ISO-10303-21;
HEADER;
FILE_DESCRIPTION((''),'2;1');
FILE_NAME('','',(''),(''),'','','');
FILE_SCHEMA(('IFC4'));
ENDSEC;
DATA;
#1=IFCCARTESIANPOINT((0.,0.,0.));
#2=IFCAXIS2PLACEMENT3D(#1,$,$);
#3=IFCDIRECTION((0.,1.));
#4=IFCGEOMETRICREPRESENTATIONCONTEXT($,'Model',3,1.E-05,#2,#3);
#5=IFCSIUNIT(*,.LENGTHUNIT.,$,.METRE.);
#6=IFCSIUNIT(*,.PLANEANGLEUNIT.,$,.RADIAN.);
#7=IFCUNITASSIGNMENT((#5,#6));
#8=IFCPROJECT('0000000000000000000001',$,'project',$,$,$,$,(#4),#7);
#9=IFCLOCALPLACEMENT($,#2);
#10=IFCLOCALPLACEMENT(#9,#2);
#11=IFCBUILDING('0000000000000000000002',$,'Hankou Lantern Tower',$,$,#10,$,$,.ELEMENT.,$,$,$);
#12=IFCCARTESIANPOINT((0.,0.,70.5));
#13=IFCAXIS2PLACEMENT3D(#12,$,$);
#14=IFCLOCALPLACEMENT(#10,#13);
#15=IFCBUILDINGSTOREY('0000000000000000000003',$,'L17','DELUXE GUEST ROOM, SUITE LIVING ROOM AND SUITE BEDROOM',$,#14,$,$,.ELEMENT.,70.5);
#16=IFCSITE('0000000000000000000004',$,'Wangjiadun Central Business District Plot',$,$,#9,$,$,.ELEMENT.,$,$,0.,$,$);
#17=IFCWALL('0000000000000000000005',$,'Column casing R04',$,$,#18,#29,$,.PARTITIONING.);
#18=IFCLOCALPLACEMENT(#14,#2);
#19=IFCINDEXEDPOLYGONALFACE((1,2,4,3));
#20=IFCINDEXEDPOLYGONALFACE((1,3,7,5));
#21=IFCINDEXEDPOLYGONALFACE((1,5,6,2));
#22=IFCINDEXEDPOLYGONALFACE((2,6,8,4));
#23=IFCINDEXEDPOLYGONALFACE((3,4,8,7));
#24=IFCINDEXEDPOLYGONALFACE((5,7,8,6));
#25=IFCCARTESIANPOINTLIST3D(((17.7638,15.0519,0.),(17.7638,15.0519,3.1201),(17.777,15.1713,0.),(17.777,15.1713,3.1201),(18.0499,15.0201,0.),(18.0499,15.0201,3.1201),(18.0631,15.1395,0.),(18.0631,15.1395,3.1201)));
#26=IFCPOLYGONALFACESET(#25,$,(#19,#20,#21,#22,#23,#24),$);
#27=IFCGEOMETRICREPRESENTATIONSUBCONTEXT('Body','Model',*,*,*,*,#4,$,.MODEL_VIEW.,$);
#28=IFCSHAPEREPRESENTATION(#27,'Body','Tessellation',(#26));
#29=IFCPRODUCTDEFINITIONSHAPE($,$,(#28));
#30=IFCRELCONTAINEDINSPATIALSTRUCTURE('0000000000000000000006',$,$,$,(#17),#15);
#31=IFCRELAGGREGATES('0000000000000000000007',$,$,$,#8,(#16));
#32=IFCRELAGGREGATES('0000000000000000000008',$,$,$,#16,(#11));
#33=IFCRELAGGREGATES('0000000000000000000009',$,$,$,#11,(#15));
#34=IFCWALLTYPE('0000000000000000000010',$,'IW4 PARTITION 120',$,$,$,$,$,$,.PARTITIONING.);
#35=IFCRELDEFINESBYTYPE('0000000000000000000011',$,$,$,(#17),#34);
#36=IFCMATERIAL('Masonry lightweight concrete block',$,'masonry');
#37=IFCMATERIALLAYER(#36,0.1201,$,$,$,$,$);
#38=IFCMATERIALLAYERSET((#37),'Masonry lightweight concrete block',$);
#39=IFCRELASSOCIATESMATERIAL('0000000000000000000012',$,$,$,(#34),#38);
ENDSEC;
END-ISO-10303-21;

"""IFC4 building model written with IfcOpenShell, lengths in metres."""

from ifc_helpers import new_model, si_unit, direction, frame, frame_2d, origin, place, context, subcontext, project, spatial, rectangle, extrude, material, layer, layer_set, type_object, element, save


model = new_model("IFC4")

# Units and contexts
model_context = context("Model", 3, precision=1e-05, world=origin(), true_north=direction((0.0, 1.0)))
body_context = subcontext(model_context, "Body", "Model", "MODEL_VIEW")
ifc_project = project(units=[si_unit("LENGTHUNIT", "METRE"), si_unit("PLANEANGLEUNIT", "RADIAN")], contexts=[model_context])

# Site, building, storey
site_placement = place(None, origin())
site = spatial("IfcSite", under=ifc_project, at=site_placement, Name="Wangjiadun Central Business District Plot", CompositionType="ELEMENT", RefElevation=0.0)
building_placement = place(site_placement, origin())
building = spatial("IfcBuilding", under=site, at=building_placement, Name="Hankou Lantern Tower", CompositionType="ELEMENT")
storey_placement = place(building_placement, frame((0.0, 0.0, 70.5)))
storey = spatial("IfcBuildingStorey", under=building, at=storey_placement, Name="L17", Description="DELUXE GUEST ROOM, SUITE LIVING ROOM AND SUITE BEDROOM", CompositionType="ELEMENT", Elevation=70.5)

# Wall
ifc_material_1 = material(Name="Masonry lightweight concrete block", Category="masonry")
ifc_layer_1 = layer(ifc_material_1, 0.1201)
ifc_layer_set_1 = layer_set([ifc_layer_1], Name="Masonry lightweight concrete block")
wall_type_1 = type_object("IfcWallType", Name="IW4 PARTITION 120", PredefinedType="PARTITIONING", material=ifc_layer_set_1)
wall_1_placement = place(storey_placement, frame((17.7703, 15.1116, 0.0), z_axis=(0.0, 0.0, 1.0), x_axis=(0.993904, -0.110245, 0.0)))
element("IfcWall", 1, at=wall_1_placement, inside=storey, type_object=wall_type_1, Name="Column casing R04", PredefinedType="PARTITIONING", context=body_context, shape_type="SweptSolid", body=[
    extrude(rectangle(XDim=0.2878, YDim=0.1201, at=frame_2d((0.144, 0.0))), origin(), (0.0, 0.0, 1.0), 3.1201),
])

save(model, "model.ifc")
